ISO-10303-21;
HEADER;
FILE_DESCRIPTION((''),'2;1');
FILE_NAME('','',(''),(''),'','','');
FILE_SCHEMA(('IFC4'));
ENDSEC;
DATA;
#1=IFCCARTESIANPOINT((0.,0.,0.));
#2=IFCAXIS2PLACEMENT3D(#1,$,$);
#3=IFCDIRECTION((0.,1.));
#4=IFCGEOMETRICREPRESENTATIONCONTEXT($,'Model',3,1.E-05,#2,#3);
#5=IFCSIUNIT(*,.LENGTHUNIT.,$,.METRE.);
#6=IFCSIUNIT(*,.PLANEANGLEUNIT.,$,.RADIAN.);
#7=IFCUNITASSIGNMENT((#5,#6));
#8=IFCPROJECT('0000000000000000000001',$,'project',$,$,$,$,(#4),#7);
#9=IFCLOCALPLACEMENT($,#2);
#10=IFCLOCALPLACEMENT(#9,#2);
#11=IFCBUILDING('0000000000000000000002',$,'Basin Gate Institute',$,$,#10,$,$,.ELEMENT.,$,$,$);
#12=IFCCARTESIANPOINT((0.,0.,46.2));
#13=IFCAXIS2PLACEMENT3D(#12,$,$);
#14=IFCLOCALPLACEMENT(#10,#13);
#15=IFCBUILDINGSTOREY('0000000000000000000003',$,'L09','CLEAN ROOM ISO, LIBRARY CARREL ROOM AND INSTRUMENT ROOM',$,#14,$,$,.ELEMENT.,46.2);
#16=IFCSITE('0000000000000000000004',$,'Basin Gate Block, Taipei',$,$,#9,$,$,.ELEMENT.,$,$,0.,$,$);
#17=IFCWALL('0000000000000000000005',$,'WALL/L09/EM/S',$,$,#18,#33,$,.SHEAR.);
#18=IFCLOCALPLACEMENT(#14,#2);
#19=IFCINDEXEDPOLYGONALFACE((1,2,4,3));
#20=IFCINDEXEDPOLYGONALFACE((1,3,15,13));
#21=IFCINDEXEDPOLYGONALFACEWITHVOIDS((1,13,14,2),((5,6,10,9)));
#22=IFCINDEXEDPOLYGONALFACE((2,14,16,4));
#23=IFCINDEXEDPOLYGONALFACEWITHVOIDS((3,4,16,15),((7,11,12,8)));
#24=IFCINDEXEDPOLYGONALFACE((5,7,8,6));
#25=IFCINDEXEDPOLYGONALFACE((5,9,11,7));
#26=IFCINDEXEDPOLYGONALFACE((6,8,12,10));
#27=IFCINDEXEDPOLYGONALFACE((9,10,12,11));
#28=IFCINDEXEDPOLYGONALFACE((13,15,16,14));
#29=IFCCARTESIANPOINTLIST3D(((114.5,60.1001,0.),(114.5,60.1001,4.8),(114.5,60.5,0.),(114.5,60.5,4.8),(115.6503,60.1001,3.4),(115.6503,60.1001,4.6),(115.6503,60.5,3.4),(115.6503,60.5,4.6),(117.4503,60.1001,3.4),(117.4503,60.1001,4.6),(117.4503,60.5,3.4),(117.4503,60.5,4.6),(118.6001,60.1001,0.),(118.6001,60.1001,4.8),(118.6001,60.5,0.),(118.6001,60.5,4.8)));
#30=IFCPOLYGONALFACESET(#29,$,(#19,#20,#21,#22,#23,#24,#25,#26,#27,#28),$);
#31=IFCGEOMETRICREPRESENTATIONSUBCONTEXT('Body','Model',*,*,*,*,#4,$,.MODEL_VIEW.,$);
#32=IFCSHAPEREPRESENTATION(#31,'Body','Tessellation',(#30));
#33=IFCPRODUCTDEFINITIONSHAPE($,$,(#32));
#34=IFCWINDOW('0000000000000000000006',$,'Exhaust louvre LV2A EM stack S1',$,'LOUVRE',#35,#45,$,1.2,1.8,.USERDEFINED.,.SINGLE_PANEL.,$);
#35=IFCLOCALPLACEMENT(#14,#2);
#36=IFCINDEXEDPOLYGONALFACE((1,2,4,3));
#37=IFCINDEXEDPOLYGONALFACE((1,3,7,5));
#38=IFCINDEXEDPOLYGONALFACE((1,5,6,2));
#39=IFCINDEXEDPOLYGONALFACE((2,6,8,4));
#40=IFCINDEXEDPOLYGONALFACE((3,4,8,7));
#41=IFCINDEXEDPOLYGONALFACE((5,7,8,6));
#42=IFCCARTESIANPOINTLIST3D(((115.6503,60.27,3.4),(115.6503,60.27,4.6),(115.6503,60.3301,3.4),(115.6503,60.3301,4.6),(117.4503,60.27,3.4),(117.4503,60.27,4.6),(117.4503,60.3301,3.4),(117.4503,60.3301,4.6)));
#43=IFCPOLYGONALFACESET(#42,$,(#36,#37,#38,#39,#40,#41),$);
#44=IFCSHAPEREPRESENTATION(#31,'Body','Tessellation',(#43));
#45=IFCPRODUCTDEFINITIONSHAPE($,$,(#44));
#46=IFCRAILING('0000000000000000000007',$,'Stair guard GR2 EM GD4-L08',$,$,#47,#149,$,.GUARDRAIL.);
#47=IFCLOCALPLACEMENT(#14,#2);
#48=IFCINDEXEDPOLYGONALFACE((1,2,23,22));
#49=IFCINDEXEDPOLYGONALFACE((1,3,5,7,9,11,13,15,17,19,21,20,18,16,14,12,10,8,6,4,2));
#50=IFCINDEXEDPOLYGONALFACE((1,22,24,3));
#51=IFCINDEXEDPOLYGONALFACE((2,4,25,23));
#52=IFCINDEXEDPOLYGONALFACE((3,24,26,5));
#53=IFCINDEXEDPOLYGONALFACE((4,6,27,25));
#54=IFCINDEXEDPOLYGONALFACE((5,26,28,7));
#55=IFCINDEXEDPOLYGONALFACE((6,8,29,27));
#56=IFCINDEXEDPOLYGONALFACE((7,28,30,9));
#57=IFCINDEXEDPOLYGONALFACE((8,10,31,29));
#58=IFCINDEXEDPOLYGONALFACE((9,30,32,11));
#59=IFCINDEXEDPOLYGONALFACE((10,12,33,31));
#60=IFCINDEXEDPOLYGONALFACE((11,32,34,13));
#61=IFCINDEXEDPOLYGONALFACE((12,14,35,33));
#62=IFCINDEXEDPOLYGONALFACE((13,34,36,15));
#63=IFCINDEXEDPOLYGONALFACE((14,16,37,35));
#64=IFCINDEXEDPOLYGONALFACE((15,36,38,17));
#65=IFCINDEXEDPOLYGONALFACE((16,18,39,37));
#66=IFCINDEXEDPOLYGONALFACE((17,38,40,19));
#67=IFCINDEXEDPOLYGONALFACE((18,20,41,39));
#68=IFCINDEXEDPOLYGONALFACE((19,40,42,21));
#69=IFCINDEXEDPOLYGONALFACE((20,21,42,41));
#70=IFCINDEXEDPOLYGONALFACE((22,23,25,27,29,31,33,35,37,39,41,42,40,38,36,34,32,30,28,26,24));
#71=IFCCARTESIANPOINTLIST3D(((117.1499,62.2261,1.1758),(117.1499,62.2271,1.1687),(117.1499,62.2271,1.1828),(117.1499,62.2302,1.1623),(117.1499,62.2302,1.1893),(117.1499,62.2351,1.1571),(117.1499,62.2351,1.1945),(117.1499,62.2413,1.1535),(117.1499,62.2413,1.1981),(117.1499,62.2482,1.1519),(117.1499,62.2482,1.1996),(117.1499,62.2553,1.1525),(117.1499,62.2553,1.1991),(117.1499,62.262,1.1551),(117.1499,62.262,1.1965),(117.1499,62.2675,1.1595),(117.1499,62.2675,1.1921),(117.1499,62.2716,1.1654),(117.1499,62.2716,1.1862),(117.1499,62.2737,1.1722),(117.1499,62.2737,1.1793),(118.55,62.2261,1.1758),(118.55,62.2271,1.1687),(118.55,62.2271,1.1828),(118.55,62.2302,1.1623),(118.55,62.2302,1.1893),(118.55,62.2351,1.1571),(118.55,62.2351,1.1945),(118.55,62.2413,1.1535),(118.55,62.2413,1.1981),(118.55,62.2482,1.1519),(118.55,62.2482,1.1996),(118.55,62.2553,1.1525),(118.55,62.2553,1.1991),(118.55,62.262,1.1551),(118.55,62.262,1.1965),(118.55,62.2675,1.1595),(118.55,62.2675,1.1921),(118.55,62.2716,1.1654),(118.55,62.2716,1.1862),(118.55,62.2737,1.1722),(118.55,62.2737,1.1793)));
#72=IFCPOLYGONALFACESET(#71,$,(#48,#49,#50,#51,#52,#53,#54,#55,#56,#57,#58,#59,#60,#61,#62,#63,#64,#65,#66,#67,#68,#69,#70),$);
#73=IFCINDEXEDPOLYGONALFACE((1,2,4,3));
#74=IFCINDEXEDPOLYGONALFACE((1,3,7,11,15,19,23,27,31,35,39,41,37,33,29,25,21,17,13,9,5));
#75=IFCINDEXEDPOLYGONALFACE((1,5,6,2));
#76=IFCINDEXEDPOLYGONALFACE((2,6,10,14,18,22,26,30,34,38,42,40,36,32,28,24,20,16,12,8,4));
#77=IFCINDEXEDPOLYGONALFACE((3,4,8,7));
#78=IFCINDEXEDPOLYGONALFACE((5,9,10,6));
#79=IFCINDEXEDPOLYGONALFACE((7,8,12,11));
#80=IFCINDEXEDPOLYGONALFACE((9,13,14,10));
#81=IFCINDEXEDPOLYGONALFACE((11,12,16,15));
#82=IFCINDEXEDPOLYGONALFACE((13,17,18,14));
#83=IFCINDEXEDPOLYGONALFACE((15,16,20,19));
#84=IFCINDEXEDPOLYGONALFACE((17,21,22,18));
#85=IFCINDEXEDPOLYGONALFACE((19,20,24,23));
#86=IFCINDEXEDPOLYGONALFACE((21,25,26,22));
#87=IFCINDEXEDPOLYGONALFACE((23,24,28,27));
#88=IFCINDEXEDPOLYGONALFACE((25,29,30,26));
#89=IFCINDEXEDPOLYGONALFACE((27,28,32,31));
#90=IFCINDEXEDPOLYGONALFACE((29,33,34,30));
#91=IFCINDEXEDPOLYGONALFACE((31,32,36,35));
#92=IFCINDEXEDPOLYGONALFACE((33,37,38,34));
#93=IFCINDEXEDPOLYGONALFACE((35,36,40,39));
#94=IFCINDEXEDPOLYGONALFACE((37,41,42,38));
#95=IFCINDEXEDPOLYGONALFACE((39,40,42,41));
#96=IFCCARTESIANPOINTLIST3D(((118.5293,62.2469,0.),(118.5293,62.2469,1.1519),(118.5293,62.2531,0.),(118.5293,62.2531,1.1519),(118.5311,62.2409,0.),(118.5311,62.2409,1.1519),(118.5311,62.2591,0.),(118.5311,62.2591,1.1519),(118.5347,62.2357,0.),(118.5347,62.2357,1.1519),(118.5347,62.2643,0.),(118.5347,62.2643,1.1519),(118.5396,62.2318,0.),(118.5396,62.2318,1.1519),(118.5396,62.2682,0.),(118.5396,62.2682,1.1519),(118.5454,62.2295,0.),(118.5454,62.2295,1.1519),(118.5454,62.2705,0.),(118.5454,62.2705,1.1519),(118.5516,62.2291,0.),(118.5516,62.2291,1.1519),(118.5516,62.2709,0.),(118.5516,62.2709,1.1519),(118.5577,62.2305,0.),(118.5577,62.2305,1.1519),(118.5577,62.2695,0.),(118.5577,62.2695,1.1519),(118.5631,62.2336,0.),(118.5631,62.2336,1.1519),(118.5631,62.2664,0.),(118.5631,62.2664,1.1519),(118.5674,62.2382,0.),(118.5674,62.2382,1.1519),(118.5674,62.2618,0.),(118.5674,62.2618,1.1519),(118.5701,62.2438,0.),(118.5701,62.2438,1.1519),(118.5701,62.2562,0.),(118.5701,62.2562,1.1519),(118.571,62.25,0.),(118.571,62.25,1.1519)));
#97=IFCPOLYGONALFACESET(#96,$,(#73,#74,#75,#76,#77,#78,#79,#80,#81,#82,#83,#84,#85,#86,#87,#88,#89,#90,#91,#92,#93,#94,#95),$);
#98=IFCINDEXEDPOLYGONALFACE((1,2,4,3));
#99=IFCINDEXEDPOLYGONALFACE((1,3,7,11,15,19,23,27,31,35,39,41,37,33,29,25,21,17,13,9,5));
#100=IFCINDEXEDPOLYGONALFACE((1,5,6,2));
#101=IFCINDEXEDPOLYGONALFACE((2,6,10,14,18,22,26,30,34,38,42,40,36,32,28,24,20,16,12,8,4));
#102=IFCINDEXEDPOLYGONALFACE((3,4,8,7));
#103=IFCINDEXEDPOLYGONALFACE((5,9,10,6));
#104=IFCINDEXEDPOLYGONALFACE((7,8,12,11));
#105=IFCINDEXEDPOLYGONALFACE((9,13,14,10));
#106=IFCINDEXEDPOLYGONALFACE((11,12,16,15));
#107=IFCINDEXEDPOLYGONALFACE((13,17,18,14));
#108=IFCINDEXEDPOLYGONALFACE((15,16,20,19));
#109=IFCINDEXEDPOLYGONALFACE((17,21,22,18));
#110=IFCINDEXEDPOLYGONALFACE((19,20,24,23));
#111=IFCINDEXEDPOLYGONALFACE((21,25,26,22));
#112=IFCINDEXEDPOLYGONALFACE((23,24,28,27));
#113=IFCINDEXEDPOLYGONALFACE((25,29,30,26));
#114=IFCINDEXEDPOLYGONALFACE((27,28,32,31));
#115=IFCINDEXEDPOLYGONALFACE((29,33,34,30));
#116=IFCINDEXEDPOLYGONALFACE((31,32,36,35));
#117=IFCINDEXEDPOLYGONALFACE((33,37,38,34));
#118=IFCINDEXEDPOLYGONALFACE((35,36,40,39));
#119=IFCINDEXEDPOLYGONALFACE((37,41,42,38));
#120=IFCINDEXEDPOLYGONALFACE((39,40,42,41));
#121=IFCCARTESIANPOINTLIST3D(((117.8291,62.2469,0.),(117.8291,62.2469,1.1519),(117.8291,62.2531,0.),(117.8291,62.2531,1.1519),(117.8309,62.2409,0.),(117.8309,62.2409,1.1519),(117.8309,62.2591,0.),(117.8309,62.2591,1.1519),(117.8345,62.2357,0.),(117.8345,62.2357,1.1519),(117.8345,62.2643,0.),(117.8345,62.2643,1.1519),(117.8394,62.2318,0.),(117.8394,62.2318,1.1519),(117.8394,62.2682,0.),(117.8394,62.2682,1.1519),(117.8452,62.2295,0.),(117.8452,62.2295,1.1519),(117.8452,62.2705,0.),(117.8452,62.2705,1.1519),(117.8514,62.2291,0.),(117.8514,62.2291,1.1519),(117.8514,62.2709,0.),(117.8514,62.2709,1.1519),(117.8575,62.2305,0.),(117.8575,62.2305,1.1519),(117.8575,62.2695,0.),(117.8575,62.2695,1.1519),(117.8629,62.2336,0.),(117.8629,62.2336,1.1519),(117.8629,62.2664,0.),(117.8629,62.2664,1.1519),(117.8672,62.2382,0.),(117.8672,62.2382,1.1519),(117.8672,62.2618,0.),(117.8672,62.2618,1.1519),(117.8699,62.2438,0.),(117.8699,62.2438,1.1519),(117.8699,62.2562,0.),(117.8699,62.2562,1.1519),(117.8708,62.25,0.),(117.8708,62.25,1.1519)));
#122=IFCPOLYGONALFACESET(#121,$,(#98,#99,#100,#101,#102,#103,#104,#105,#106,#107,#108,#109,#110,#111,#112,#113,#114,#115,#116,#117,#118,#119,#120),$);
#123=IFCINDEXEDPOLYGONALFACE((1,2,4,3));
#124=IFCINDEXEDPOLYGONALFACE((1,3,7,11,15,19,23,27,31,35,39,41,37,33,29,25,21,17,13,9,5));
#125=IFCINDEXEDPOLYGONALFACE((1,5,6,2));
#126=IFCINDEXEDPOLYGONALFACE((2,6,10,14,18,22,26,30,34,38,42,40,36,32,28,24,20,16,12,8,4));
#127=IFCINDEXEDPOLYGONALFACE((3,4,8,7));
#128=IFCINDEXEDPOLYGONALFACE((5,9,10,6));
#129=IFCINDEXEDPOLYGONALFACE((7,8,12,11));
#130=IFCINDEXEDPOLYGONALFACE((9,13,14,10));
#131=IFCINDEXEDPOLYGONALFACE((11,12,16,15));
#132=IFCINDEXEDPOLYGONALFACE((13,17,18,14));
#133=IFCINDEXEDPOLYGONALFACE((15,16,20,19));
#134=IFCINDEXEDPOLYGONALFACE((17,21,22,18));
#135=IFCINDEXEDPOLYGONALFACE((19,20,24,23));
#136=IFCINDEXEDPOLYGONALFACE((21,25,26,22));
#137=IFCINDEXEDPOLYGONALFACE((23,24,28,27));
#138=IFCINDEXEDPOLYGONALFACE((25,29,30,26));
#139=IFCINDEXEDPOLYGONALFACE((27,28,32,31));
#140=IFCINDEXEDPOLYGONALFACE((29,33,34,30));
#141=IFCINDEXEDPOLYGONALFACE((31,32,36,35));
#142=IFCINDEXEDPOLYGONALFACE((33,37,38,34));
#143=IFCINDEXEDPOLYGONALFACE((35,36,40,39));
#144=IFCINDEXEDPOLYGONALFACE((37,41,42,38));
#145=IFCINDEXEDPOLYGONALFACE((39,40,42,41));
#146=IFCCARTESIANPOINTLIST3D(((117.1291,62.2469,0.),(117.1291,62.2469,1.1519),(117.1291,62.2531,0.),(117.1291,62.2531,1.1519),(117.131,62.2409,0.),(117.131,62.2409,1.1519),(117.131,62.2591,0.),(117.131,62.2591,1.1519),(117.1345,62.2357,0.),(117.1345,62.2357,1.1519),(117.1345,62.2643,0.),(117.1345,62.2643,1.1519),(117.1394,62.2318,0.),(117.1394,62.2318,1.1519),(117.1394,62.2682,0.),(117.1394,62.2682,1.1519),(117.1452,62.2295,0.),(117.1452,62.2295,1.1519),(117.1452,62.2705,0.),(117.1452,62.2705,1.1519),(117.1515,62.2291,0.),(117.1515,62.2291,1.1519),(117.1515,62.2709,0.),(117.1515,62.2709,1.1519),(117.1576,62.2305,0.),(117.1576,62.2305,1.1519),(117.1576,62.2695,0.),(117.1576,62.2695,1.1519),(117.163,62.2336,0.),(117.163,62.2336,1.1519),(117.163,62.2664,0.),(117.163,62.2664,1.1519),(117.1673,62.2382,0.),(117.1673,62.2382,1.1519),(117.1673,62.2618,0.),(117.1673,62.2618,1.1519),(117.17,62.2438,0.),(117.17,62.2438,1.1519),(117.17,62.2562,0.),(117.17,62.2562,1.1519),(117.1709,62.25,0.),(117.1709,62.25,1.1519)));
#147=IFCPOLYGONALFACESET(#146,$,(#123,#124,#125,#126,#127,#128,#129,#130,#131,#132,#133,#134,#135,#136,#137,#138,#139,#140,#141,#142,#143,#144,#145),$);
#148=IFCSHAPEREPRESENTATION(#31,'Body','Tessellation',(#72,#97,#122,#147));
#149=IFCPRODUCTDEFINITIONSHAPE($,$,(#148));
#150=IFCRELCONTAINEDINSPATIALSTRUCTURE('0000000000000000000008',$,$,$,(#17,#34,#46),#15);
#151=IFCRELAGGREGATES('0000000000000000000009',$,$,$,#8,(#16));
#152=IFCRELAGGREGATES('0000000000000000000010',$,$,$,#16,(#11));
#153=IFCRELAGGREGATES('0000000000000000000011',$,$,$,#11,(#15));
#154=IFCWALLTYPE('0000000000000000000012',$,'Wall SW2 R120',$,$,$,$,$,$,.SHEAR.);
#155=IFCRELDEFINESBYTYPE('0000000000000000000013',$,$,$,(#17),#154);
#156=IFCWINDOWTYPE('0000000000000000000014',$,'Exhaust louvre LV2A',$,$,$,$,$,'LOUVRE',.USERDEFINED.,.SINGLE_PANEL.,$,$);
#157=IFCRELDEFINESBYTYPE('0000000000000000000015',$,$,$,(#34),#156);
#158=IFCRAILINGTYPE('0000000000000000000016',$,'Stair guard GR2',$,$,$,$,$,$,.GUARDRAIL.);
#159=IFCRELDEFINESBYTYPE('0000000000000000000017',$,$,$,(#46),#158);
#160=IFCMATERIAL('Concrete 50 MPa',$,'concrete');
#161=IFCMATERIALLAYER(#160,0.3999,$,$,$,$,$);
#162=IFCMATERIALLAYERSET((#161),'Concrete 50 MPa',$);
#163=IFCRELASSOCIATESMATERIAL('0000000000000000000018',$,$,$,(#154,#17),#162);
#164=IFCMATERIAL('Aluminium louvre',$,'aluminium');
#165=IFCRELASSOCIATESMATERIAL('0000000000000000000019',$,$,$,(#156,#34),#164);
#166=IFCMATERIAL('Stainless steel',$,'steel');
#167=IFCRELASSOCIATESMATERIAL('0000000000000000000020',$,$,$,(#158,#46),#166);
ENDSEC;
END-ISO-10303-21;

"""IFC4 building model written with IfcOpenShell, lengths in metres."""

from ifc_helpers import new_model, si_unit, direction, frame, frame_2d, origin, origin_2d, place, context, subcontext, project, spatial, rectangle, circle, extrude, material, layer, layer_set, type_object, element, fill, save


model = new_model("IFC4")

# Units and contexts
model_context = context("Model", 3, precision=1e-05, world=origin(), true_north=direction((0.0, 1.0)))
body_context = subcontext(model_context, "Body", "Model", "MODEL_VIEW")
ifc_project = project(units=[si_unit("LENGTHUNIT", "METRE"), si_unit("PLANEANGLEUNIT", "RADIAN")], contexts=[model_context])

# Site, building, storey
site_placement = place(None, origin())
site = spatial("IfcSite", under=ifc_project, at=site_placement, Name="Basin Gate Block, Taipei", CompositionType="ELEMENT", RefElevation=0.0)
building_placement = place(site_placement, origin())
building = spatial("IfcBuilding", under=site, at=building_placement, Name="Basin Gate Institute", CompositionType="ELEMENT")
storey_placement = place(building_placement, frame((0.0, 0.0, 46.2)))
storey = spatial("IfcBuildingStorey", under=building, at=storey_placement, Name="L09", Description="CLEAN ROOM ISO, LIBRARY CARREL ROOM AND INSTRUMENT ROOM", CompositionType="ELEMENT", Elevation=46.2)

# Shared definitions
ifc_material_1 = material(Name="Concrete 50 MPa", Category="concrete")
ifc_layer_1 = layer(ifc_material_1, 0.3999)
ifc_layer_set_1 = layer_set([ifc_layer_1], Name="Concrete 50 MPa")
wall_type_1 = type_object("IfcWallType", Name="Wall SW2 R120", PredefinedType="SHEAR", material=ifc_layer_set_1)
ifc_material_2 = material(Name="Aluminium louvre", Category="aluminium")
window_type = type_object("IfcWindowType", Name="Exhaust louvre LV2A", ElementType="LOUVRE", PartitioningType="SINGLE_PANEL", PredefinedType="USERDEFINED", material=ifc_material_2)

# Wall, opening, window
wall_1_placement = place(storey_placement, frame((118.6001, 60.3, 0.0), z_axis=(0.0, 0.0, 1.0), x_axis=(-1.0, 0.0, 0.0)))
wall_1 = element("IfcWall", 1, at=wall_1_placement, inside=storey, type_object=wall_type_1, material=ifc_layer_set_1, Name="WALL/L09/EM/S", PredefinedType="SHEAR", context=body_context, shape_type="SweptSolid", body=[
    extrude(rectangle(XDim=4.1001, YDim=0.3999, at=frame_2d((2.05, 0.0))), origin(), (0.0, 0.0, 1.0), 4.8),
])
opening_1_placement = place(wall_1_placement, frame((1.1499, 0.0, 3.3999)))
opening_1 = element("IfcOpeningElement", 2, at=opening_1_placement, cuts=wall_1, PredefinedType="OPENING", context=body_context, shape_type="SweptSolid", body=[
    extrude(rectangle(XDim=1.8, YDim=1.2, at=frame_2d((0.8999, 0.6001))), frame((0.0, 0.21, 0.0), z_axis=(0.0, -1.0, 0.0), x_axis=(1.0, 0.0, 0.0)), (0.0, 0.0, 1.0), 0.4199),
])
window_1_placement = place(opening_1_placement, origin())
window_1 = element("IfcWindow", 3, at=window_1_placement, inside=storey, type_object=window_type, material=ifc_material_2, Name="Exhaust louvre LV2A EM stack S1", ObjectType="LOUVRE", OverallHeight=1.2, OverallWidth=1.8, PartitioningType="SINGLE_PANEL", PredefinedType="USERDEFINED", context=body_context, shape_type="SweptSolid", body=[
    extrude(rectangle(XDim=1.8, YDim=1.2, at=frame_2d((0.8999, 0.6001))), frame((0.0, 0.03, 0.0), z_axis=(0.0, -1.0, 0.0), x_axis=(1.0, 0.0, 0.0)), (0.0, 0.0, 1.0), 0.0601),
])
fill(opening_1, window_1)

# Railing
ifc_material_3 = material(Name="Stainless steel", Category="steel")
railing_type = type_object("IfcRailingType", Name="Stair guard GR2", PredefinedType="GUARDRAIL", material=ifc_material_3)
railing_1_placement = place(storey_placement, frame((118.55, 62.25, 0.0)))
element("IfcRailing", 4, at=railing_1_placement, inside=storey, type_object=railing_type, material=ifc_material_3, Name="Stair guard GR2 EM GD4-L08", PredefinedType="GUARDRAIL", context=body_context, shape_type="SweptSolid", body=[
    extrude(circle(Radius=0.0239, at=origin_2d()), frame((0.0, 0.0, 1.1758), z_axis=(-1.0, 0.0, 0.0), x_axis=(0.0, -1.0, 0.0)), (0.0, 0.0, 1.0), 1.4001),
    extrude(circle(Radius=0.021, at=origin_2d()), origin(), (0.0, 0.0, 1.0), 1.1519),
    extrude(circle(Radius=0.021, at=origin_2d()), frame((-0.7002, 0.0, 0.0)), (0.0, 0.0, 1.0), 1.1519),
    extrude(circle(Radius=0.021, at=origin_2d()), frame((-1.4001, 0.0, 0.0)), (0.0, 0.0, 1.0), 1.1519),
])

save(model, "model.ifc")
